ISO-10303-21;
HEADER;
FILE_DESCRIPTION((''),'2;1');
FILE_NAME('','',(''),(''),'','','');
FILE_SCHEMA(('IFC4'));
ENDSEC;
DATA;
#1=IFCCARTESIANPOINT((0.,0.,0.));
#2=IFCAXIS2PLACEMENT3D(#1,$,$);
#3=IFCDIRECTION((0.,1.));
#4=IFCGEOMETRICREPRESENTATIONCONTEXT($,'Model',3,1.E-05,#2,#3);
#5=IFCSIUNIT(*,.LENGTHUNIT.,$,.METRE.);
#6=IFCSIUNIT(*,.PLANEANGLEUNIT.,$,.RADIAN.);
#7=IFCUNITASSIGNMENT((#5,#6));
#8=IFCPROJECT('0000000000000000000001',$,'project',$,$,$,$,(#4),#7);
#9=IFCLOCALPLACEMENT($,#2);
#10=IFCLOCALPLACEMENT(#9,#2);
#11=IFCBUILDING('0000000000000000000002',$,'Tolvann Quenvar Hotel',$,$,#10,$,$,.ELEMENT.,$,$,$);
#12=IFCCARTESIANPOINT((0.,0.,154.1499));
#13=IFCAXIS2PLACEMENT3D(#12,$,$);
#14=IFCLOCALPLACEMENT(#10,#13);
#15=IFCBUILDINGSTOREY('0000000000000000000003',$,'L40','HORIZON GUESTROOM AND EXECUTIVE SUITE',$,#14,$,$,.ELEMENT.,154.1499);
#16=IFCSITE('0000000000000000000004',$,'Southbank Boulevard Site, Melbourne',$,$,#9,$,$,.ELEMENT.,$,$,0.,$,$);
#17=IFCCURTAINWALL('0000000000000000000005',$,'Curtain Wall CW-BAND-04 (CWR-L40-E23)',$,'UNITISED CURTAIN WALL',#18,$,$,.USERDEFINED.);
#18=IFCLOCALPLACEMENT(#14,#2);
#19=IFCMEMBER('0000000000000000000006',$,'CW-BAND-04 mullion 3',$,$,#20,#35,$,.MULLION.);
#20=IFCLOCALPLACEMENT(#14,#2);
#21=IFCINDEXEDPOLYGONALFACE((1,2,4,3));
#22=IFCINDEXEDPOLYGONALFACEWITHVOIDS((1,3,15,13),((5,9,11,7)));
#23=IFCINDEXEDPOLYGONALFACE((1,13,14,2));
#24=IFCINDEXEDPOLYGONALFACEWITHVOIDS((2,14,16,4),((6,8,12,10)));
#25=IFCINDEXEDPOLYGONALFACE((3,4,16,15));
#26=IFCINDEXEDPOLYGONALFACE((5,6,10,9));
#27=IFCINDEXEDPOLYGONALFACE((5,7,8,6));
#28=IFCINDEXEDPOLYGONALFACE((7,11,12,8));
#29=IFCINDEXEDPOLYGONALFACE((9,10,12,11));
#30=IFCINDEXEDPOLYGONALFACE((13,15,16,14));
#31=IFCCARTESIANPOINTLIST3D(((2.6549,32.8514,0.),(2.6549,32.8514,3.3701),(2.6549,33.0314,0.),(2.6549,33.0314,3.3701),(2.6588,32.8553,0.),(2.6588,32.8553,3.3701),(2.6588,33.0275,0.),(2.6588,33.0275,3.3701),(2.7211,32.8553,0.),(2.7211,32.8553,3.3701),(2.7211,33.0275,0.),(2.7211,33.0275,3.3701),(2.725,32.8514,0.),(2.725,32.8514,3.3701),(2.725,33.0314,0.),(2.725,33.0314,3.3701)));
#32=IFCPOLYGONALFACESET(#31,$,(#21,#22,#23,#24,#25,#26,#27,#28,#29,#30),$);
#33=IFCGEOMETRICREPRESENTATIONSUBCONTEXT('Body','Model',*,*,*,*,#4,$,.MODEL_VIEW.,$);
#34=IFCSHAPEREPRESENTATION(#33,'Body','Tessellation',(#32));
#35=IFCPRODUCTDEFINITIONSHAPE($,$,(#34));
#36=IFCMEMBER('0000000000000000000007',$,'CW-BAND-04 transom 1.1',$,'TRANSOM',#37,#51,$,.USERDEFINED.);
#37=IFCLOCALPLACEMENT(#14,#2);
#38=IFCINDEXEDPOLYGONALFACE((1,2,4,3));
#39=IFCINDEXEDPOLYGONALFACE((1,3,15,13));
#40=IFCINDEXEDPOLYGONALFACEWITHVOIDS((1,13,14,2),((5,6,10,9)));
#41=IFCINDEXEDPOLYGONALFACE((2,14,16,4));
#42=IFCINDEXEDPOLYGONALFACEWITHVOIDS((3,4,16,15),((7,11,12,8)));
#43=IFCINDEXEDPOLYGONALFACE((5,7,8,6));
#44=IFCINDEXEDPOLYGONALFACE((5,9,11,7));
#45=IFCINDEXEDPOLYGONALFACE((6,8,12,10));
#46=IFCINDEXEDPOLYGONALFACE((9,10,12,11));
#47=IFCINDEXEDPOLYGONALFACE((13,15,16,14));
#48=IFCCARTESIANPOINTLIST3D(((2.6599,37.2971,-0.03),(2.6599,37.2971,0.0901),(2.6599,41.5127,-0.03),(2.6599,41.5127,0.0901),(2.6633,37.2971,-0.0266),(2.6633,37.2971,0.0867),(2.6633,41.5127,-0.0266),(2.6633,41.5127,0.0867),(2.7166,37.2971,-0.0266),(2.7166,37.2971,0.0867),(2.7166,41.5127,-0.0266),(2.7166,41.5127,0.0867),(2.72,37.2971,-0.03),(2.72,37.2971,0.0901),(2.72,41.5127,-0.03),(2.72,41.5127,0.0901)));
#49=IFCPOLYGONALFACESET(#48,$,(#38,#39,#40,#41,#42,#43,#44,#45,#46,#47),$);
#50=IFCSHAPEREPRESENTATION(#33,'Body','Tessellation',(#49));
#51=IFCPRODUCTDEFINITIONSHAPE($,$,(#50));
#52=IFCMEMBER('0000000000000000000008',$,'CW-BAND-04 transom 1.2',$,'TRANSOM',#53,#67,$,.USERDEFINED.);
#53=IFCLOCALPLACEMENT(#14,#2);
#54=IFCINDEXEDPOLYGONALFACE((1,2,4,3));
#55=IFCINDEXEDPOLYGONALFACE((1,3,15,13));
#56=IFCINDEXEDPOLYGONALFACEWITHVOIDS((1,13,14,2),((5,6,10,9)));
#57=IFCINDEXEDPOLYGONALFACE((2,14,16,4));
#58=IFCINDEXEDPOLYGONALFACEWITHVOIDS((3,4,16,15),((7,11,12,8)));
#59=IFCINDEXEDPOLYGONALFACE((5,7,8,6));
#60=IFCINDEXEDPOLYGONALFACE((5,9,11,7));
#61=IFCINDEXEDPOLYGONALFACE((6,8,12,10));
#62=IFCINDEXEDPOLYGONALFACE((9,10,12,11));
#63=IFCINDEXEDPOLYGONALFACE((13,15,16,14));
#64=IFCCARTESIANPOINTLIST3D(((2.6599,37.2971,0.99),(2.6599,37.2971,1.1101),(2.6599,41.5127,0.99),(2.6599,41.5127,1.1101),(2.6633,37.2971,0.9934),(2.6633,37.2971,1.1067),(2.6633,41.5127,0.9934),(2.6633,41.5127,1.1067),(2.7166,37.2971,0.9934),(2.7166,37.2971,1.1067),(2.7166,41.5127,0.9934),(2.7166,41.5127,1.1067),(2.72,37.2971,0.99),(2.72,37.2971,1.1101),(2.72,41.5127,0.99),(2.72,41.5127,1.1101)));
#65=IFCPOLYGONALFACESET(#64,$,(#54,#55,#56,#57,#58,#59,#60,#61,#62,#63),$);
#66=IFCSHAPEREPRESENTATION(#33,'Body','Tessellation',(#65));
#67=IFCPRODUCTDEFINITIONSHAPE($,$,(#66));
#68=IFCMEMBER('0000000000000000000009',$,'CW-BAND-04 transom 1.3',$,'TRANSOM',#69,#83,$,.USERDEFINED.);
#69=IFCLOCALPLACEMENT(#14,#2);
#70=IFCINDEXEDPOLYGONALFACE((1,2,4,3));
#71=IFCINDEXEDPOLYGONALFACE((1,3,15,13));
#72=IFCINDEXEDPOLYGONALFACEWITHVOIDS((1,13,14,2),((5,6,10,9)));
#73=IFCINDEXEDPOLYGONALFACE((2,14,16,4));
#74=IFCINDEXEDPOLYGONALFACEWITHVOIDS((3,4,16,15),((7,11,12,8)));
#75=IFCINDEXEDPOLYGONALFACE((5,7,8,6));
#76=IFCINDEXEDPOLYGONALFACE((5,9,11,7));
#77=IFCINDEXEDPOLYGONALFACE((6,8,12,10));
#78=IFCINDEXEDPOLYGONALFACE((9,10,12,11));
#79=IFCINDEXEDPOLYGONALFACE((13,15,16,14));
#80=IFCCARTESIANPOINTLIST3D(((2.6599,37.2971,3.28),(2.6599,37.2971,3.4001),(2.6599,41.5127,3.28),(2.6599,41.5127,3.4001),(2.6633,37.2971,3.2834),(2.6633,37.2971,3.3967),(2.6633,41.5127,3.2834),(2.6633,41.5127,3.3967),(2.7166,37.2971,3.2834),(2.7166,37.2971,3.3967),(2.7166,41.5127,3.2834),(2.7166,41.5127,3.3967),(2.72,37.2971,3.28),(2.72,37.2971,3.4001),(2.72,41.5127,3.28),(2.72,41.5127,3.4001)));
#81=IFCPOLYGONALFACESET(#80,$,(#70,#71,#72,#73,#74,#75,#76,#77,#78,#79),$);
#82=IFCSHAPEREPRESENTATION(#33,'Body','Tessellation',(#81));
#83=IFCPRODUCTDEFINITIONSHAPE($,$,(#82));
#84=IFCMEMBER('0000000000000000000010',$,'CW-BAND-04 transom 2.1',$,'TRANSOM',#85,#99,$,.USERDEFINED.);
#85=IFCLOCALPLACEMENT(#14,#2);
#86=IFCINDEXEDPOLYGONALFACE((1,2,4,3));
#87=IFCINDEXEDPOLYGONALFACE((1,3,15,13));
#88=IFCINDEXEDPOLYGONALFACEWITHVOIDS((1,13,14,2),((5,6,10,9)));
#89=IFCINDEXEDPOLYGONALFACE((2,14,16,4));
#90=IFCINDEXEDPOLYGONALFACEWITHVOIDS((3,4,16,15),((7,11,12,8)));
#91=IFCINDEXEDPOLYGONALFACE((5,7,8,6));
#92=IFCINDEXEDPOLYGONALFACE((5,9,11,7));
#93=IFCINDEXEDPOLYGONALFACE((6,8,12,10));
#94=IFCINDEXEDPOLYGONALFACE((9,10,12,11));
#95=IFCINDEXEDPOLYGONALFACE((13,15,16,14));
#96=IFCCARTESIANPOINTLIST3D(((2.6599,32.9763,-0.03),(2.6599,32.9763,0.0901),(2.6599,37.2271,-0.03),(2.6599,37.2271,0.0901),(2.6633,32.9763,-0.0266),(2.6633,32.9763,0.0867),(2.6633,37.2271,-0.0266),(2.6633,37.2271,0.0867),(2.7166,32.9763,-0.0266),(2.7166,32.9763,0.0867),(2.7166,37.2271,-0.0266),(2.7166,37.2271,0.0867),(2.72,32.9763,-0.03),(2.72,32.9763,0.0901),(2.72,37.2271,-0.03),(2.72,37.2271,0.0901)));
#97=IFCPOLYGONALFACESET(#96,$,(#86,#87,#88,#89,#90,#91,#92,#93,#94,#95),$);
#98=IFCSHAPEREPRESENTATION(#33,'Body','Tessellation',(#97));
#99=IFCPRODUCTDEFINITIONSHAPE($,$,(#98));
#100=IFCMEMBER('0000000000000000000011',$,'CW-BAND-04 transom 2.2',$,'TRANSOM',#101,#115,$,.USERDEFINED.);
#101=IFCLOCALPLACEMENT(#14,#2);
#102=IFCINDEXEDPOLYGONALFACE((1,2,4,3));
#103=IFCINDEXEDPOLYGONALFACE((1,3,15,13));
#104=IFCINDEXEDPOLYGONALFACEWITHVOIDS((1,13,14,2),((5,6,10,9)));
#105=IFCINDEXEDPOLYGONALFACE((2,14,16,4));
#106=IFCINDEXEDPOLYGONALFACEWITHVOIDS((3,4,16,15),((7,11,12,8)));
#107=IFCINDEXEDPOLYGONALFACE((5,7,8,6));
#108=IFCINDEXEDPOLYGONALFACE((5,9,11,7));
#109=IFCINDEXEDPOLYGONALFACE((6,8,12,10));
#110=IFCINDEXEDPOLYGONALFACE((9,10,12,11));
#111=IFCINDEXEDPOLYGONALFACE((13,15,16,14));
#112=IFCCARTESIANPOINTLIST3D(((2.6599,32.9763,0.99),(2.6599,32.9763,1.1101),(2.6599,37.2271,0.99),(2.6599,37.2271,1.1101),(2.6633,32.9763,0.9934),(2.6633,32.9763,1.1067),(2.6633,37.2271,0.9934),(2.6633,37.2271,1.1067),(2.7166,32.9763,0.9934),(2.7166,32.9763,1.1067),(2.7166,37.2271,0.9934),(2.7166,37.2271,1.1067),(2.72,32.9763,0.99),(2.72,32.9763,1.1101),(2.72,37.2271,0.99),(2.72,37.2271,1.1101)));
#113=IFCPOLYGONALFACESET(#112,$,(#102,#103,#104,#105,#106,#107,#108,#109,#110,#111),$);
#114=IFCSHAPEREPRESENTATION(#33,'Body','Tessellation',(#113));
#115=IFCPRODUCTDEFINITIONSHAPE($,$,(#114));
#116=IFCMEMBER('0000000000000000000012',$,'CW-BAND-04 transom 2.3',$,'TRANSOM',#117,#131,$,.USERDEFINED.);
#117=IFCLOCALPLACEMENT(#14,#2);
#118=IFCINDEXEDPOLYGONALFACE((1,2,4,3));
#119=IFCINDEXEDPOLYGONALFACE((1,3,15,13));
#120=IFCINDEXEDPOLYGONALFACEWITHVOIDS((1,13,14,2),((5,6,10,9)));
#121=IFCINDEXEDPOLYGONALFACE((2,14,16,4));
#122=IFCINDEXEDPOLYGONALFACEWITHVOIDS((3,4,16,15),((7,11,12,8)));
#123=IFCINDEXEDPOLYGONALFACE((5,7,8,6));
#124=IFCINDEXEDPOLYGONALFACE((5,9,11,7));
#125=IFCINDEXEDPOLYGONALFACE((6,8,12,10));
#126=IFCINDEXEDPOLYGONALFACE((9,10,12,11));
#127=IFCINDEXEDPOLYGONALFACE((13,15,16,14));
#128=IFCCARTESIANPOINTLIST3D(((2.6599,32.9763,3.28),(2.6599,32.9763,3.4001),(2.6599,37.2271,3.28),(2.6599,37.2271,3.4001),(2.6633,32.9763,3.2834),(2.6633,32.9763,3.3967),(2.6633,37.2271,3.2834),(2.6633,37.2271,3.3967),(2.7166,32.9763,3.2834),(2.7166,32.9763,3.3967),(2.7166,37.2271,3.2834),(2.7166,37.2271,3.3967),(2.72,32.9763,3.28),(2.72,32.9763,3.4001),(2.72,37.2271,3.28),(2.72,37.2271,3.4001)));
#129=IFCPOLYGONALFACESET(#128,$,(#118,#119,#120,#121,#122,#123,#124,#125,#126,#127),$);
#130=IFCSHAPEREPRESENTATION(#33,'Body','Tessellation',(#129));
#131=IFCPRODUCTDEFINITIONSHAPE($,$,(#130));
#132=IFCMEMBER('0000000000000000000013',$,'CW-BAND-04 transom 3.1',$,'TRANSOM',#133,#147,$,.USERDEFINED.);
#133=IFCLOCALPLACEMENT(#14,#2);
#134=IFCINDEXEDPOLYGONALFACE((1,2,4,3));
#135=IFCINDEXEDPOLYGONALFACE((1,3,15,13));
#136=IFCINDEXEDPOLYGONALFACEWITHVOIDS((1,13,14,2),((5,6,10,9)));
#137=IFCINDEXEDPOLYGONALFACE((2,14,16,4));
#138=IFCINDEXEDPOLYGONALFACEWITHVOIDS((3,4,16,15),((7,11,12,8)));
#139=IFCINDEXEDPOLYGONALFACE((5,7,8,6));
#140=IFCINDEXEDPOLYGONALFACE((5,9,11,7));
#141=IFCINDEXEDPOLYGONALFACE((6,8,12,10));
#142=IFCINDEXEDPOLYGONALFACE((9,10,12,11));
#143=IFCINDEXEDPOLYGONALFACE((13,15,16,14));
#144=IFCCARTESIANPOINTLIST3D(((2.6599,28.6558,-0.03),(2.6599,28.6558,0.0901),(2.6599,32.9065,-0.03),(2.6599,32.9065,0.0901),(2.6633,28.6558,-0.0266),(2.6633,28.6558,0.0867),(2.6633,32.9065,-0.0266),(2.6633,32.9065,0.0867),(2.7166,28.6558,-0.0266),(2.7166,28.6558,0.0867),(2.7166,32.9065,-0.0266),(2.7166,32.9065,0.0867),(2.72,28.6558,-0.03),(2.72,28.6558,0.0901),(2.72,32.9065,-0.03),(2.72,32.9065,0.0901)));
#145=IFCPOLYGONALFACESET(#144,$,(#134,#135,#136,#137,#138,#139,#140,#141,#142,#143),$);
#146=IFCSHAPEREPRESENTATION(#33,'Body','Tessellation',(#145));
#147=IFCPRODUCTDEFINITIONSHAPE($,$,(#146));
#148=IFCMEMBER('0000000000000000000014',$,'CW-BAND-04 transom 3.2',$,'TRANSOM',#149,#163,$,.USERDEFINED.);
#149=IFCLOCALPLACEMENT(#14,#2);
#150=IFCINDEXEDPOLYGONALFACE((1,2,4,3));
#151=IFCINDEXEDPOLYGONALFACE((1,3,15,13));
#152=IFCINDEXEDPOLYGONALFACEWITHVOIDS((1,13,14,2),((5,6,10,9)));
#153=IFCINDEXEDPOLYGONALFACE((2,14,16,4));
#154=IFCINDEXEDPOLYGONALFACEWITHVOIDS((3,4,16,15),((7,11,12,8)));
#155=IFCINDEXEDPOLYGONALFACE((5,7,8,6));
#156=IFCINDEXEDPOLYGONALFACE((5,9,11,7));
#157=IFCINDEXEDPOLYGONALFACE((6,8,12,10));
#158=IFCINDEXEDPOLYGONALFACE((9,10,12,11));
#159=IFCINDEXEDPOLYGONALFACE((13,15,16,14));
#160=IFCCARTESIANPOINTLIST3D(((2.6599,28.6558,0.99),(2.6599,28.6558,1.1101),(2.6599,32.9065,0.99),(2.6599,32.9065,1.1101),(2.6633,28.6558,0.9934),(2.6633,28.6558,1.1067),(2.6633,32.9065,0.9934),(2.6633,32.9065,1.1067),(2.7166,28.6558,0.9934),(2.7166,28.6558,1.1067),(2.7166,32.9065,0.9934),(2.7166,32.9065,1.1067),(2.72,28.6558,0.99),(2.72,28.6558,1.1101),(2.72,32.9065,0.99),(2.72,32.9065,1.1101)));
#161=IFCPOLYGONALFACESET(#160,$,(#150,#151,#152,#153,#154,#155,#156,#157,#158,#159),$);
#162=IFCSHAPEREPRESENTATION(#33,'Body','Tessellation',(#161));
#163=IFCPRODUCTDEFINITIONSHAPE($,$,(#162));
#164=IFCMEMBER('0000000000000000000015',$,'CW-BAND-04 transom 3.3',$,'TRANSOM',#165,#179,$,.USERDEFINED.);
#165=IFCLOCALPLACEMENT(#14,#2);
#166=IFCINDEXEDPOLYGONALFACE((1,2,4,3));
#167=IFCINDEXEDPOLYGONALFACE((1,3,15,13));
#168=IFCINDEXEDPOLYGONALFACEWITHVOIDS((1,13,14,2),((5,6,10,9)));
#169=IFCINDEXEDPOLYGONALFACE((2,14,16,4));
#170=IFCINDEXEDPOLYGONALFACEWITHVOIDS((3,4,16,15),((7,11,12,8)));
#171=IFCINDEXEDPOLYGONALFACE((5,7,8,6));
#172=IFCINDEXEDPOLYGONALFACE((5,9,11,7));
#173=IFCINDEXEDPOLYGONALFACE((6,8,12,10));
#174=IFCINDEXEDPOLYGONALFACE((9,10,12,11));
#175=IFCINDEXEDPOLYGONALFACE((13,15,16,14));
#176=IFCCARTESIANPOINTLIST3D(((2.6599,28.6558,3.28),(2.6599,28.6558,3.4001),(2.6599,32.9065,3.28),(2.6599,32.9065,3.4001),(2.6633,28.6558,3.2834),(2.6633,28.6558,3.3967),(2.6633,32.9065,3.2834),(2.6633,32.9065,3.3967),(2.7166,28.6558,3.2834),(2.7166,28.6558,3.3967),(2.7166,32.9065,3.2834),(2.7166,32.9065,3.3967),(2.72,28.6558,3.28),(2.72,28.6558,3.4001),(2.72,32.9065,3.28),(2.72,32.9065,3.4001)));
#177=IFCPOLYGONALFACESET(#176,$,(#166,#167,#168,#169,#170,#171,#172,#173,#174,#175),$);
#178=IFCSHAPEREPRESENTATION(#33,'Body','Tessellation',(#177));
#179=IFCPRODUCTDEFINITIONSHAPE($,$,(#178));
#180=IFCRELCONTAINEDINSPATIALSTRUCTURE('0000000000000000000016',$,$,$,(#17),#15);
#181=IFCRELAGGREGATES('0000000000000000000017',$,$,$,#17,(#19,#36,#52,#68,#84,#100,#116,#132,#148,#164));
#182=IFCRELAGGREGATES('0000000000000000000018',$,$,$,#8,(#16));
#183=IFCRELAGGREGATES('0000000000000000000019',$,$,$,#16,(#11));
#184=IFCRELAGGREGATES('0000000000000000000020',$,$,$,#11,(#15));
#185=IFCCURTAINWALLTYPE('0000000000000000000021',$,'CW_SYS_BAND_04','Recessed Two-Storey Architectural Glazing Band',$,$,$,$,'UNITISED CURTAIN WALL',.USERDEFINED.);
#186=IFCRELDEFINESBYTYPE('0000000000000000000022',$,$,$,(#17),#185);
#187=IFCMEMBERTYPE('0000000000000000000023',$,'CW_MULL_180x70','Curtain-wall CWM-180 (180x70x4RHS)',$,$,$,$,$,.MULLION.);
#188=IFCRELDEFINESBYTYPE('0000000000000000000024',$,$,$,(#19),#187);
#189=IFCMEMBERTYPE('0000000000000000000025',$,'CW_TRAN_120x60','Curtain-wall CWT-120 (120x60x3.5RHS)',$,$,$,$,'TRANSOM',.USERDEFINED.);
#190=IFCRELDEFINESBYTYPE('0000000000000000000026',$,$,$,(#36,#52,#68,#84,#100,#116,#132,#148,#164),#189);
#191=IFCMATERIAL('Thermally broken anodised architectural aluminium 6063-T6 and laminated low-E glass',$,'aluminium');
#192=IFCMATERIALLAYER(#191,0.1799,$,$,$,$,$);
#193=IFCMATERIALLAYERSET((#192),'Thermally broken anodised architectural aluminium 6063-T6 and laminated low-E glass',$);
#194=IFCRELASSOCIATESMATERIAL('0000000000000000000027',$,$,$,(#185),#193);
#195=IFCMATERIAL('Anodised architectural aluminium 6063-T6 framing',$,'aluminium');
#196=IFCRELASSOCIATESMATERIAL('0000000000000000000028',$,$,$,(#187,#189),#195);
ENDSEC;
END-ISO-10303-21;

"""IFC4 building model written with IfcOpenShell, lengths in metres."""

from ifc_helpers import new_model, si_unit, direction, frame, origin, origin_2d, place, context, subcontext, project, spatial, hollow_rectangle, extrude, source, transform, mapped, material, layer, layer_set, material_profile, profile_set, type_object, type_shapes, element, aggregate, save


model = new_model("IFC4")

# Units and contexts
model_context = context("Model", 3, precision=1e-05, world=origin(), true_north=direction((0.0, 1.0)))
body_context = subcontext(model_context, "Body", "Model", "MODEL_VIEW")
ifc_project = project(units=[si_unit("LENGTHUNIT", "METRE"), si_unit("PLANEANGLEUNIT", "RADIAN")], contexts=[model_context])

# Site, building, storey
site_placement = place(None, origin())
site = spatial("IfcSite", under=ifc_project, at=site_placement, Name="Southbank Boulevard Site, Melbourne", CompositionType="ELEMENT", RefElevation=0.0)
building_placement = place(site_placement, origin())
building = spatial("IfcBuilding", under=site, at=building_placement, Name="Tolvann Quenvar Hotel", CompositionType="ELEMENT")
storey_placement = place(building_placement, frame((0.0, 0.0, 154.1499)))
storey = spatial("IfcBuildingStorey", under=building, at=storey_placement, Name="L40", Description="HORIZON GUESTROOM AND EXECUTIVE SUITE", CompositionType="ELEMENT", Elevation=154.1499)

# Curtain wall, members
ifc_material_1 = material(Name="Thermally broken anodised architectural aluminium 6063-T6 and laminated low-E glass", Category="aluminium")
ifc_layer_1 = layer(ifc_material_1, 0.1799)
ifc_layer_set_1 = layer_set([ifc_layer_1], Name="Thermally broken anodised architectural aluminium 6063-T6 and laminated low-E glass")
curtain_wall_type = type_object("IfcCurtainWallType", Name="CW_SYS_BAND_04", Description="Recessed Two-Storey Architectural Glazing Band", ElementType="UNITISED CURTAIN WALL", PredefinedType="USERDEFINED", material=ifc_layer_set_1)
curtain_wall_placement = place(storey_placement, origin())
curtain_wall = element("IfcCurtainWall", 1, at=curtain_wall_placement, inside=storey, type_object=curtain_wall_type, Name="Curtain Wall CW-BAND-04 (CWR-L40-E23)", ObjectType="UNITISED CURTAIN WALL", PredefinedType="USERDEFINED")
ifc_material_2 = material(Name="Anodised architectural aluminium 6063-T6 framing", Category="aluminium")
ifc_material_profile_1 = material_profile(ifc_material_2, hollow_rectangle(XDim=0.0701, YDim=0.1799, WallThickness=0.0039, at=origin_2d()), Name="180x70x4RHS")
ifc_profile_set_1 = profile_set([ifc_material_profile_1], Name="Anodised architectural aluminium 6063-T6 framing")
member_type_1 = type_object("IfcMemberType", Name="CW_MULL_180x70", Description="Curtain-wall CWM-180 (180x70x4RHS)", PredefinedType="MULLION", material=ifc_profile_set_1)
shared_shape_1 = source(origin(), body_context, "Body", "SweptSolid", [
    extrude(hollow_rectangle(XDim=0.0701, YDim=0.1799, WallThickness=0.0039, at=origin_2d()), origin(), (0.0, 0.0, 1.0), 3.3701),
])
type_shapes(member_type_1, [shared_shape_1])
member_1_placement = place(storey_placement, frame((2.6899, 32.9414, 0.0), z_axis=(0.0, 0.0, 1.0), x_axis=(1.0, 0.0, 0.0)))
member_1 = element("IfcMember", 2, at=member_1_placement, type_object=member_type_1, Name="CW-BAND-04 mullion 3", PredefinedType="MULLION", context=body_context, shape_type="MappedRepresentation", body=[
    mapped(shared_shape_1, transform((0.0, 0.0, 0.0), x_axis=(1.0, 0.0, 0.0), y_axis=(0.0, 1.0, 0.0), z_axis=(0.0, 0.0, 1.0), scale=1.0)),
])
ifc_material_profile_2 = material_profile(ifc_material_2, hollow_rectangle(XDim=0.0601, YDim=0.1201, WallThickness=0.0034, at=origin_2d()), Name="120x60x3.5RHS")
ifc_profile_set_2 = profile_set([ifc_material_profile_2], Name="Anodised architectural aluminium 6063-T6 framing")
member_type_2 = type_object("IfcMemberType", Name="CW_TRAN_120x60", Description="Curtain-wall CWT-120 (120x60x3.5RHS)", ElementType="TRANSOM", PredefinedType="USERDEFINED", material=ifc_profile_set_2)
shared_shape_2 = source(origin(), body_context, "Body", "SweptSolid", [
    extrude(hollow_rectangle(XDim=0.0601, YDim=0.1201, WallThickness=0.0034, at=origin_2d()), origin(), (0.0, 0.0, 1.0), 4.2156),
])
member_2_placement = place(storey_placement, frame((2.6899, 41.5127, 0.03), z_axis=(0.0, -1.0, 0.0), x_axis=(1.0, 0.0, 0.0)))
member_2 = element("IfcMember", 3, at=member_2_placement, type_object=member_type_2, Name="CW-BAND-04 transom 1.1", ObjectType="TRANSOM", PredefinedType="USERDEFINED", context=body_context, shape_type="MappedRepresentation", body=[
    mapped(shared_shape_2, transform((0.0, 0.0, 0.0), x_axis=(1.0, 0.0, 0.0), y_axis=(0.0, 1.0, 0.0), z_axis=(0.0, 0.0, 1.0), scale=1.0)),
])
member_3_placement = place(storey_placement, frame((2.6899, 41.5127, 1.05), z_axis=(0.0, -1.0, 0.0), x_axis=(1.0, 0.0, 0.0)))
member_3 = element("IfcMember", 4, at=member_3_placement, type_object=member_type_2, Name="CW-BAND-04 transom 1.2", ObjectType="TRANSOM", PredefinedType="USERDEFINED", context=body_context, shape_type="MappedRepresentation", body=[
    mapped(shared_shape_2, transform((0.0, 0.0, 0.0), x_axis=(1.0, 0.0, 0.0), y_axis=(0.0, 1.0, 0.0), z_axis=(0.0, 0.0, 1.0), scale=1.0)),
])
member_4_placement = place(storey_placement, frame((2.6899, 41.5127, 3.3401), z_axis=(0.0, -1.0, 0.0), x_axis=(1.0, 0.0, 0.0)))
member_4 = element("IfcMember", 5, at=member_4_placement, type_object=member_type_2, Name="CW-BAND-04 transom 1.3", ObjectType="TRANSOM", PredefinedType="USERDEFINED", context=body_context, shape_type="MappedRepresentation", body=[
    mapped(shared_shape_2, transform((0.0, 0.0, 0.0), x_axis=(1.0, 0.0, 0.0), y_axis=(0.0, 1.0, 0.0), z_axis=(0.0, 0.0, 1.0), scale=1.0)),
])
shared_shape_3 = source(origin(), body_context, "Body", "SweptSolid", [
    extrude(hollow_rectangle(XDim=0.0601, YDim=0.1201, WallThickness=0.0034, at=origin_2d()), origin(), (0.0, 0.0, 1.0), 4.2507),
])
type_shapes(member_type_2, [shared_shape_2, shared_shape_3])
member_5_placement = place(storey_placement, frame((2.6899, 37.2271, 0.03), z_axis=(0.0, -1.0, 0.0), x_axis=(1.0, 0.0, 0.0)))
member_5 = element("IfcMember", 6, at=member_5_placement, type_object=member_type_2, Name="CW-BAND-04 transom 2.1", ObjectType="TRANSOM", PredefinedType="USERDEFINED", context=body_context, shape_type="MappedRepresentation", body=[
    mapped(shared_shape_3, transform((0.0, 0.0, 0.0), x_axis=(1.0, 0.0, 0.0), y_axis=(0.0, 1.0, 0.0), z_axis=(0.0, 0.0, 1.0), scale=1.0)),
])
member_6_placement = place(storey_placement, frame((2.6899, 37.2271, 1.05), z_axis=(0.0, -1.0, 0.0), x_axis=(1.0, 0.0, 0.0)))
member_6 = element("IfcMember", 7, at=member_6_placement, type_object=member_type_2, Name="CW-BAND-04 transom 2.2", ObjectType="TRANSOM", PredefinedType="USERDEFINED", context=body_context, shape_type="MappedRepresentation", body=[
    mapped(shared_shape_3, transform((0.0, 0.0, 0.0), x_axis=(1.0, 0.0, 0.0), y_axis=(0.0, 1.0, 0.0), z_axis=(0.0, 0.0, 1.0), scale=1.0)),
])
member_7_placement = place(storey_placement, frame((2.6899, 37.2271, 3.3401), z_axis=(0.0, -1.0, 0.0), x_axis=(1.0, 0.0, 0.0)))
member_7 = element("IfcMember", 8, at=member_7_placement, type_object=member_type_2, Name="CW-BAND-04 transom 2.3", ObjectType="TRANSOM", PredefinedType="USERDEFINED", context=body_context, shape_type="MappedRepresentation", body=[
    mapped(shared_shape_3, transform((0.0, 0.0, 0.0), x_axis=(1.0, 0.0, 0.0), y_axis=(0.0, 1.0, 0.0), z_axis=(0.0, 0.0, 1.0), scale=1.0)),
])
member_8_placement = place(storey_placement, frame((2.6899, 32.9065, 0.03), z_axis=(0.0, -1.0, 0.0), x_axis=(1.0, 0.0, 0.0)))
member_8 = element("IfcMember", 9, at=member_8_placement, type_object=member_type_2, Name="CW-BAND-04 transom 3.1", ObjectType="TRANSOM", PredefinedType="USERDEFINED", context=body_context, shape_type="MappedRepresentation", body=[
    mapped(shared_shape_3, transform((0.0, 0.0, 0.0), x_axis=(1.0, 0.0, 0.0), y_axis=(0.0, 1.0, 0.0), z_axis=(0.0, 0.0, 1.0), scale=1.0)),
])
member_9_placement = place(storey_placement, frame((2.6899, 32.9065, 1.05), z_axis=(0.0, -1.0, 0.0), x_axis=(1.0, 0.0, 0.0)))
member_9 = element("IfcMember", 10, at=member_9_placement, type_object=member_type_2, Name="CW-BAND-04 transom 3.2", ObjectType="TRANSOM", PredefinedType="USERDEFINED", context=body_context, shape_type="MappedRepresentation", body=[
    mapped(shared_shape_3, transform((0.0, 0.0, 0.0), x_axis=(1.0, 0.0, 0.0), y_axis=(0.0, 1.0, 0.0), z_axis=(0.0, 0.0, 1.0), scale=1.0)),
])
member_10_placement = place(storey_placement, frame((2.6899, 32.9065, 3.3401), z_axis=(0.0, -1.0, 0.0), x_axis=(1.0, 0.0, 0.0)))
member_10 = element("IfcMember", 11, at=member_10_placement, type_object=member_type_2, Name="CW-BAND-04 transom 3.3", ObjectType="TRANSOM", PredefinedType="USERDEFINED", context=body_context, shape_type="MappedRepresentation", body=[
    mapped(shared_shape_3, transform((0.0, 0.0, 0.0), x_axis=(1.0, 0.0, 0.0), y_axis=(0.0, 1.0, 0.0), z_axis=(0.0, 0.0, 1.0), scale=1.0)),
])
aggregate(curtain_wall, [member_1, member_2, member_3, member_4, member_5, member_6, member_7, member_8, member_9, member_10])

save(model, "model.ifc")
